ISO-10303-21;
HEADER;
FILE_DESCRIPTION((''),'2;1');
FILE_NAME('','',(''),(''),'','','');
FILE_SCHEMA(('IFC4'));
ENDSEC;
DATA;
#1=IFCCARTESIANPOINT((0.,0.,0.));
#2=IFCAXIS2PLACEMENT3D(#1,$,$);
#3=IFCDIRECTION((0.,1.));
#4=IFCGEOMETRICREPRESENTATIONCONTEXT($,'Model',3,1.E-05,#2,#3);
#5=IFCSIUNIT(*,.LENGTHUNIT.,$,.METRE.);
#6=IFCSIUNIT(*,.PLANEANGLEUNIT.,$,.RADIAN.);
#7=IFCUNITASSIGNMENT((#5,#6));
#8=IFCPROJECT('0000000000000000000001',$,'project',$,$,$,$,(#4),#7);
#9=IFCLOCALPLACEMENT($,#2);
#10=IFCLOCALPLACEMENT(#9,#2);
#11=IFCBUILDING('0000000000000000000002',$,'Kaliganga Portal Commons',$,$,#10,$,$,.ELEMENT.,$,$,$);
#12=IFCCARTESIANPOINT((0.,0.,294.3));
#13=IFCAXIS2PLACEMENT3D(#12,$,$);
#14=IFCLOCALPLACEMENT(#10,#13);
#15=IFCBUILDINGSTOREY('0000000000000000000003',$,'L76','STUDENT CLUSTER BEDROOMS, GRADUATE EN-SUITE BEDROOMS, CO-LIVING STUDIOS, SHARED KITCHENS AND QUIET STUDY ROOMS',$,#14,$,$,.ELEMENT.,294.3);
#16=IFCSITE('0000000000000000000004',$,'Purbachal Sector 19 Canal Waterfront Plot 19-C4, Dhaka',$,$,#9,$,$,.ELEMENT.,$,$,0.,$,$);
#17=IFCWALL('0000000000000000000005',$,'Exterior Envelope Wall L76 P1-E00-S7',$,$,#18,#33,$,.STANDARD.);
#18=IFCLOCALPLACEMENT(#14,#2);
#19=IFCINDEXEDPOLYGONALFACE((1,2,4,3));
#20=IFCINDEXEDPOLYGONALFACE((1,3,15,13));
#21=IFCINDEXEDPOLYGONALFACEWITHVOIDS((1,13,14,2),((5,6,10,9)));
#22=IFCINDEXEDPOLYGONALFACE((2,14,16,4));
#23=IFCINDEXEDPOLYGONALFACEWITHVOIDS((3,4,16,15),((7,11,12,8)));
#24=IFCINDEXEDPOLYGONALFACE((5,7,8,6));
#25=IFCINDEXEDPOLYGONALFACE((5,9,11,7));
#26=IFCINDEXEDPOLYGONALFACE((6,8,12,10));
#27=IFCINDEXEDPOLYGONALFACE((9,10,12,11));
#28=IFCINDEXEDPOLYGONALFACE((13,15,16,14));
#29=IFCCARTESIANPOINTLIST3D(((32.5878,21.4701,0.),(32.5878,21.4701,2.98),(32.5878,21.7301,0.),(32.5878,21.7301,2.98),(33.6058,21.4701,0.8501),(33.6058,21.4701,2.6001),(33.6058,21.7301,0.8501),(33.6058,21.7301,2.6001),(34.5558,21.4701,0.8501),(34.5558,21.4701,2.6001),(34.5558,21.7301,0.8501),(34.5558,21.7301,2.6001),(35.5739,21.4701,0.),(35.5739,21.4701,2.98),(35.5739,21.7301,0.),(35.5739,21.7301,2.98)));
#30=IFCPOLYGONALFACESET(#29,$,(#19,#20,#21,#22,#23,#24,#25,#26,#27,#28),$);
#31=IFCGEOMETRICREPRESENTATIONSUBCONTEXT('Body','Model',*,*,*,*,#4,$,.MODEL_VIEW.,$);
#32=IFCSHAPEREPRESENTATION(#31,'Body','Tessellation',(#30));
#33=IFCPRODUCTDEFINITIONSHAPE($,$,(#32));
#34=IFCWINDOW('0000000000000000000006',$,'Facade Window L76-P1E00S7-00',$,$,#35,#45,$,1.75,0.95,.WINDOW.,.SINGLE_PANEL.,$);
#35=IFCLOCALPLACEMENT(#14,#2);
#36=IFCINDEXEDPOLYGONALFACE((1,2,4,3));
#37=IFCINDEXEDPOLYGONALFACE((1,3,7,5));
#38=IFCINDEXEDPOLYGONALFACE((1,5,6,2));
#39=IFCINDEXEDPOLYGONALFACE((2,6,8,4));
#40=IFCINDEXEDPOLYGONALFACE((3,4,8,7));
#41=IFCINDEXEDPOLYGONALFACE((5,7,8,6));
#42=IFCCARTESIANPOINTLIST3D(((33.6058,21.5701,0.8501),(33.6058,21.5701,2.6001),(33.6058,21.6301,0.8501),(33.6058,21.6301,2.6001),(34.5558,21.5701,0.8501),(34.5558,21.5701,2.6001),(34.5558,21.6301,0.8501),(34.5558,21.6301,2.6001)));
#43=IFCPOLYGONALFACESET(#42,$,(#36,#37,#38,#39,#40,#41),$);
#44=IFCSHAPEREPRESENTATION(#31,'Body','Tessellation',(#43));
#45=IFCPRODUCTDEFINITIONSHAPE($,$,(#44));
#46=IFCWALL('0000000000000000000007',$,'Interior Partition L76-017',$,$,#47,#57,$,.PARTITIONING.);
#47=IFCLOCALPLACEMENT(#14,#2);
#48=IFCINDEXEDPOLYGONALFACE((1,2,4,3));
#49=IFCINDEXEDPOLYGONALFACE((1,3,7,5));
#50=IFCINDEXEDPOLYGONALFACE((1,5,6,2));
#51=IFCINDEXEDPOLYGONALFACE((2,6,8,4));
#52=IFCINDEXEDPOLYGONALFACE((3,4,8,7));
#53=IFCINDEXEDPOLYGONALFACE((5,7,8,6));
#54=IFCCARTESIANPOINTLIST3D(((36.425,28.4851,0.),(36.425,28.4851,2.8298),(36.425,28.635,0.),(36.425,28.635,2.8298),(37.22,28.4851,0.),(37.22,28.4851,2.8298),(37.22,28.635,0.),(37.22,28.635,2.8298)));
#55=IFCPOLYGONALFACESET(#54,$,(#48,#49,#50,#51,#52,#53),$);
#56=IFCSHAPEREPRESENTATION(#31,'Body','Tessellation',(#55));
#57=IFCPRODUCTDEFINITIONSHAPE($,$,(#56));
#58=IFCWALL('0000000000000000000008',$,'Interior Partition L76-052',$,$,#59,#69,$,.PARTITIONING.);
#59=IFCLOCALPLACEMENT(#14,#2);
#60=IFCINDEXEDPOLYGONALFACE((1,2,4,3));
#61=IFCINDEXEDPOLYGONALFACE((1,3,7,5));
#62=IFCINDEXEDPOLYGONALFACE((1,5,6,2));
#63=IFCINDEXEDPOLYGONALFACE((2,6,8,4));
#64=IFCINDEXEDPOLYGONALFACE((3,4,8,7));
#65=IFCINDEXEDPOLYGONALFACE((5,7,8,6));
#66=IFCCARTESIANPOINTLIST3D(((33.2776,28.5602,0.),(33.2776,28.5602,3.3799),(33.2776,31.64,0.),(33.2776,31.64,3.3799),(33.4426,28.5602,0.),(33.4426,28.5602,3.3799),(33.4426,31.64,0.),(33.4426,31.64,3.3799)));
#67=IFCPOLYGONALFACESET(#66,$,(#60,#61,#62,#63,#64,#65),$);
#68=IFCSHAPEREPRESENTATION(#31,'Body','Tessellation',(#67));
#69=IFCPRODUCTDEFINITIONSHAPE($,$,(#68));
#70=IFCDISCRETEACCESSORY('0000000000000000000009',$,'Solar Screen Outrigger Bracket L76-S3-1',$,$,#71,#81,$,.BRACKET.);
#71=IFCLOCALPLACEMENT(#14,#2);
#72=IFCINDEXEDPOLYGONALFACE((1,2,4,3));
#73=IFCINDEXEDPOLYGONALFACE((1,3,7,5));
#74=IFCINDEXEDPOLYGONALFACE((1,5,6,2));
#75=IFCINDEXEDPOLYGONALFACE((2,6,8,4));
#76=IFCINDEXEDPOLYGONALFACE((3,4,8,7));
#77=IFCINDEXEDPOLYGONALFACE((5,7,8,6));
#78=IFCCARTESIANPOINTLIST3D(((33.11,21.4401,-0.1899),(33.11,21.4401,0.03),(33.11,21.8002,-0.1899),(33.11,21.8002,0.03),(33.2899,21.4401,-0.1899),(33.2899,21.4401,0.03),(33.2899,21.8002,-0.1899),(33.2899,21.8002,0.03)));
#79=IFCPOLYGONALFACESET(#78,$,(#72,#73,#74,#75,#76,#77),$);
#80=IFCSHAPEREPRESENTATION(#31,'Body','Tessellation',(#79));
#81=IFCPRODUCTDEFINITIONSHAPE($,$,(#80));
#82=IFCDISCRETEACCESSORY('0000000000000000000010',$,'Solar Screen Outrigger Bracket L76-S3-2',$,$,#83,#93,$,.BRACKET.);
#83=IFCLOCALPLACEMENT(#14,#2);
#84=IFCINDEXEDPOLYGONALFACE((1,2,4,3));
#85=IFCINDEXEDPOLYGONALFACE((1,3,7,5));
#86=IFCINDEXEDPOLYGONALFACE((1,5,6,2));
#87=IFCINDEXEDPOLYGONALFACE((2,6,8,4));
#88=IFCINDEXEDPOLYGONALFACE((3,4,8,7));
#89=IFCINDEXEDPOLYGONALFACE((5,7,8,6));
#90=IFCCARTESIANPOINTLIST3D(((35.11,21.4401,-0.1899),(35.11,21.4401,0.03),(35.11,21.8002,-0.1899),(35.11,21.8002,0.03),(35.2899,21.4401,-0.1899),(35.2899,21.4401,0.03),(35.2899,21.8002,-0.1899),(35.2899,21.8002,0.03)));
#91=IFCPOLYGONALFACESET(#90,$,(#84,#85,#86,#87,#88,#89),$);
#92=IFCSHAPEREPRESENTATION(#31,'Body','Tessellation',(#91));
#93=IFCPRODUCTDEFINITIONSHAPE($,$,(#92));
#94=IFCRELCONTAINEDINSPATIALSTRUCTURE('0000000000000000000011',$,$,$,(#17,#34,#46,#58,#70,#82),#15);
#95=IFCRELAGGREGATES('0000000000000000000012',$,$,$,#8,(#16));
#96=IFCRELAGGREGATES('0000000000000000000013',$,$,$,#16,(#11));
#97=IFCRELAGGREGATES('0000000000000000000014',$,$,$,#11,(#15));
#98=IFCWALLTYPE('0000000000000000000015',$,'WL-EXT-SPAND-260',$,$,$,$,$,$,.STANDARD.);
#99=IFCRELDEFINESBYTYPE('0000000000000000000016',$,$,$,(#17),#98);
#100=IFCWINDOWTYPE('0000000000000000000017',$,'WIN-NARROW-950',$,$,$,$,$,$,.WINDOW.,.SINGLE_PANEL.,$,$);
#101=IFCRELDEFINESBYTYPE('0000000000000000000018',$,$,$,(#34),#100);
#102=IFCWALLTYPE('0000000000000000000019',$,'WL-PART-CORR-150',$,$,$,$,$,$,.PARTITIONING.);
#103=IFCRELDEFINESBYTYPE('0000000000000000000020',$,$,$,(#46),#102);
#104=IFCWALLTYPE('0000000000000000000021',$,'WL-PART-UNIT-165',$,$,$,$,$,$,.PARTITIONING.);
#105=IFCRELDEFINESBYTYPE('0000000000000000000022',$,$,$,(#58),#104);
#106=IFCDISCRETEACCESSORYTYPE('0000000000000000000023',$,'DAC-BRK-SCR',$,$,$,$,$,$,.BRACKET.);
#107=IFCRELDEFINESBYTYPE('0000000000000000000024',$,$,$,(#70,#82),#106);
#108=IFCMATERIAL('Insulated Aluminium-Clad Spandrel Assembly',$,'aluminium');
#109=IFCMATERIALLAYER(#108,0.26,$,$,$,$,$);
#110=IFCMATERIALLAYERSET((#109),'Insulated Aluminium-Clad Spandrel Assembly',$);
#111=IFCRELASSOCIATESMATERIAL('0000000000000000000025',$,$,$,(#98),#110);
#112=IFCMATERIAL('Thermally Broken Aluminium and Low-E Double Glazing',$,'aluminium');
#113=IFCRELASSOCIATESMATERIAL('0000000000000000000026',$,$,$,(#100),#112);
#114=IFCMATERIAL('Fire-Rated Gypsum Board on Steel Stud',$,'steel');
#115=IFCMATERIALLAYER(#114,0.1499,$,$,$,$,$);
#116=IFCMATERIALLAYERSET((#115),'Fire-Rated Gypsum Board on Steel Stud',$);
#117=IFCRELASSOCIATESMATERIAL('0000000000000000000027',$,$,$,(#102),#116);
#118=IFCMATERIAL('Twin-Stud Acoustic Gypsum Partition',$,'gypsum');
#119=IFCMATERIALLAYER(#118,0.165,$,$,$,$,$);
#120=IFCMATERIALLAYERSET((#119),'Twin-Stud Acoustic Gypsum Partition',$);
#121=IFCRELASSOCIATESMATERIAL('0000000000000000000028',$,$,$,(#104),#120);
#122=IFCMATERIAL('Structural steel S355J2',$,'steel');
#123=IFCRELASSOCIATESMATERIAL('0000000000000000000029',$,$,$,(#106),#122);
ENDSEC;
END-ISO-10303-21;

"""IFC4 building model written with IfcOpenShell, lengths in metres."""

from ifc_helpers import new_model, si_unit, direction, frame, frame_2d, origin, origin_2d, place, context, subcontext, project, spatial, rectangle, extrude, source, transform, mapped, material, layer, layer_set, type_object, element, fill, save


model = new_model("IFC4")

# Units and contexts
model_context = context("Model", 3, precision=1e-05, world=origin(), true_north=direction((0.0, 1.0)))
body_context = subcontext(model_context, "Body", "Model", "MODEL_VIEW")
ifc_project = project(units=[si_unit("LENGTHUNIT", "METRE"), si_unit("PLANEANGLEUNIT", "RADIAN")], contexts=[model_context])

# Site, building, storey
site_placement = place(None, origin())
site = spatial("IfcSite", under=ifc_project, at=site_placement, Name="Purbachal Sector 19 Canal Waterfront Plot 19-C4, Dhaka", CompositionType="ELEMENT", RefElevation=0.0)
building_placement = place(site_placement, origin())
building = spatial("IfcBuilding", under=site, at=building_placement, Name="Kaliganga Portal Commons", CompositionType="ELEMENT")
storey_placement = place(building_placement, frame((0.0, 0.0, 294.3)))
storey = spatial("IfcBuildingStorey", under=building, at=storey_placement, Name="L76", Description="STUDENT CLUSTER BEDROOMS, GRADUATE EN-SUITE BEDROOMS, CO-LIVING STUDIOS, SHARED KITCHENS AND QUIET STUDY ROOMS", CompositionType="ELEMENT", Elevation=294.3)

# Shared definitions
ifc_material_1 = material(Name="Structural steel S355J2", Category="steel")

# Wall, opening, window
ifc_material_2 = material(Name="Insulated Aluminium-Clad Spandrel Assembly", Category="aluminium")
ifc_layer_1 = layer(ifc_material_2, 0.26)
ifc_layer_set_1 = layer_set([ifc_layer_1], Name="Insulated Aluminium-Clad Spandrel Assembly")
wall_type_1 = type_object("IfcWallType", Name="WL-EXT-SPAND-260", PredefinedType="STANDARD", material=ifc_layer_set_1)
wall_1_placement = place(storey_placement, frame((35.574, 21.6001, 0.0), z_axis=(0.0, 0.0, 1.0), x_axis=(-1.0, 0.0, 0.0)))
wall_1 = element("IfcWall", 1, at=wall_1_placement, inside=storey, type_object=wall_type_1, Name="Exterior Envelope Wall L76 P1-E00-S7", PredefinedType="STANDARD", context=body_context, shape_type="SweptSolid", body=[
    extrude(rectangle(XDim=2.9861, YDim=0.26, at=frame_2d((1.4932, 0.0))), origin(), (0.0, 0.0, 1.0), 2.98),
])
opening_1_placement = place(wall_1_placement, frame((1.0181, 0.0, 0.8501)))
opening_1 = element("IfcOpeningElement", 2, at=opening_1_placement, cuts=wall_1, PredefinedType="OPENING", context=body_context, shape_type="SweptSolid", body=[
    extrude(rectangle(XDim=0.95, YDim=1.75, at=frame_2d((0.4751, 0.875))), frame((0.0, 0.1401, 0.0), z_axis=(0.0, -1.0, 0.0), x_axis=(1.0, 0.0, 0.0)), (0.0, 0.0, 1.0), 0.28),
])
ifc_material_3 = material(Name="Thermally Broken Aluminium and Low-E Double Glazing", Category="aluminium")
window_type = type_object("IfcWindowType", Name="WIN-NARROW-950", PartitioningType="SINGLE_PANEL", PredefinedType="WINDOW", material=ifc_material_3)
window_placement = place(opening_1_placement, origin())
window = element("IfcWindow", 3, at=window_placement, inside=storey, type_object=window_type, Name="Facade Window L76-P1E00S7-00", OverallHeight=1.75, OverallWidth=0.95, PartitioningType="SINGLE_PANEL", PredefinedType="WINDOW", context=body_context, shape_type="SweptSolid", body=[
    extrude(rectangle(XDim=0.95, YDim=1.75, at=frame_2d((0.4751, 0.875))), frame((0.0, 0.03, 0.0), z_axis=(0.0, -1.0, 0.0), x_axis=(1.0, 0.0, 0.0)), (0.0, 0.0, 1.0), 0.0601),
])
fill(opening_1, window)

# Shared definitions
ifc_material_4 = material(Name="Fire-Rated Gypsum Board on Steel Stud", Category="steel")
ifc_layer_2 = layer(ifc_material_4, 0.1499)
ifc_layer_set_2 = layer_set([ifc_layer_2], Name="Fire-Rated Gypsum Board on Steel Stud")
wall_type_2 = type_object("IfcWallType", Name="WL-PART-CORR-150", PredefinedType="PARTITIONING", material=ifc_layer_set_2)

# Wall
wall_2_placement = place(storey_placement, frame((36.425, 28.5601, 0.0), z_axis=(0.0, 0.0, 1.0), x_axis=(1.0, 0.0, 0.0)))
element("IfcWall", 4, at=wall_2_placement, inside=storey, type_object=wall_type_2, Name="Interior Partition L76-017", PredefinedType="PARTITIONING", context=body_context, shape_type="SweptSolid", body=[
    extrude(rectangle(XDim=0.7949, YDim=0.1499, at=frame_2d((0.3975, 0.0))), origin(), (0.0, 0.0, 1.0), 2.8298),
])

# Wall
ifc_material_5 = material(Name="Twin-Stud Acoustic Gypsum Partition", Category="gypsum")
ifc_layer_3 = layer(ifc_material_5, 0.165)
ifc_layer_set_3 = layer_set([ifc_layer_3], Name="Twin-Stud Acoustic Gypsum Partition")
wall_type_3 = type_object("IfcWallType", Name="WL-PART-UNIT-165", PredefinedType="PARTITIONING", material=ifc_layer_set_3)
wall_3_placement = place(storey_placement, frame((33.3601, 28.5601, 0.0), z_axis=(0.0, 0.0, 1.0), x_axis=(0.0, 1.0, 0.0)))
element("IfcWall", 5, at=wall_3_placement, inside=storey, type_object=wall_type_3, Name="Interior Partition L76-052", PredefinedType="PARTITIONING", context=body_context, shape_type="SweptSolid", body=[
    extrude(rectangle(XDim=3.0798, YDim=0.165, at=frame_2d((1.54, 0.0))), origin(), (0.0, 0.0, 1.0), 3.3799),
])

# Discrete accessories
discrete_accessory_type = type_object("IfcDiscreteAccessoryType", Name="DAC-BRK-SCR", PredefinedType="BRACKET", material=ifc_material_1)
shared_shape_1 = source(origin(), body_context, "Body", "SweptSolid", [
    extrude(rectangle(XDim=0.1799, YDim=0.3601, at=origin_2d()), origin(), (0.0, 0.0, 1.0), 0.22),
])
for number, where, z_axis, x_axis, name in (
    (6, (33.2, 21.6201, -0.1899), (0.0, 0.0, 1.0), (1.0, 0.0, 0.0), "Solar Screen Outrigger Bracket L76-S3-1"),
    (7, (35.2, 21.6201, -0.1899), (0.0, 0.0, 1.0), (1.0, 0.0, 0.0), "Solar Screen Outrigger Bracket L76-S3-2"),
):
    element("IfcDiscreteAccessory", number, at=place(storey_placement, frame(where, z_axis=z_axis, x_axis=x_axis)), inside=storey, type_object=discrete_accessory_type, Name=name, PredefinedType="BRACKET", context=body_context, shape_type="MappedRepresentation", body=[
        mapped(shared_shape_1, transform((0.0, 0.0, 0.0), x_axis=(1.0, 0.0, 0.0), y_axis=(0.0, 1.0, 0.0), z_axis=(0.0, 0.0, 1.0), scale=1.0)),
    ])

save(model, "model.ifc")
